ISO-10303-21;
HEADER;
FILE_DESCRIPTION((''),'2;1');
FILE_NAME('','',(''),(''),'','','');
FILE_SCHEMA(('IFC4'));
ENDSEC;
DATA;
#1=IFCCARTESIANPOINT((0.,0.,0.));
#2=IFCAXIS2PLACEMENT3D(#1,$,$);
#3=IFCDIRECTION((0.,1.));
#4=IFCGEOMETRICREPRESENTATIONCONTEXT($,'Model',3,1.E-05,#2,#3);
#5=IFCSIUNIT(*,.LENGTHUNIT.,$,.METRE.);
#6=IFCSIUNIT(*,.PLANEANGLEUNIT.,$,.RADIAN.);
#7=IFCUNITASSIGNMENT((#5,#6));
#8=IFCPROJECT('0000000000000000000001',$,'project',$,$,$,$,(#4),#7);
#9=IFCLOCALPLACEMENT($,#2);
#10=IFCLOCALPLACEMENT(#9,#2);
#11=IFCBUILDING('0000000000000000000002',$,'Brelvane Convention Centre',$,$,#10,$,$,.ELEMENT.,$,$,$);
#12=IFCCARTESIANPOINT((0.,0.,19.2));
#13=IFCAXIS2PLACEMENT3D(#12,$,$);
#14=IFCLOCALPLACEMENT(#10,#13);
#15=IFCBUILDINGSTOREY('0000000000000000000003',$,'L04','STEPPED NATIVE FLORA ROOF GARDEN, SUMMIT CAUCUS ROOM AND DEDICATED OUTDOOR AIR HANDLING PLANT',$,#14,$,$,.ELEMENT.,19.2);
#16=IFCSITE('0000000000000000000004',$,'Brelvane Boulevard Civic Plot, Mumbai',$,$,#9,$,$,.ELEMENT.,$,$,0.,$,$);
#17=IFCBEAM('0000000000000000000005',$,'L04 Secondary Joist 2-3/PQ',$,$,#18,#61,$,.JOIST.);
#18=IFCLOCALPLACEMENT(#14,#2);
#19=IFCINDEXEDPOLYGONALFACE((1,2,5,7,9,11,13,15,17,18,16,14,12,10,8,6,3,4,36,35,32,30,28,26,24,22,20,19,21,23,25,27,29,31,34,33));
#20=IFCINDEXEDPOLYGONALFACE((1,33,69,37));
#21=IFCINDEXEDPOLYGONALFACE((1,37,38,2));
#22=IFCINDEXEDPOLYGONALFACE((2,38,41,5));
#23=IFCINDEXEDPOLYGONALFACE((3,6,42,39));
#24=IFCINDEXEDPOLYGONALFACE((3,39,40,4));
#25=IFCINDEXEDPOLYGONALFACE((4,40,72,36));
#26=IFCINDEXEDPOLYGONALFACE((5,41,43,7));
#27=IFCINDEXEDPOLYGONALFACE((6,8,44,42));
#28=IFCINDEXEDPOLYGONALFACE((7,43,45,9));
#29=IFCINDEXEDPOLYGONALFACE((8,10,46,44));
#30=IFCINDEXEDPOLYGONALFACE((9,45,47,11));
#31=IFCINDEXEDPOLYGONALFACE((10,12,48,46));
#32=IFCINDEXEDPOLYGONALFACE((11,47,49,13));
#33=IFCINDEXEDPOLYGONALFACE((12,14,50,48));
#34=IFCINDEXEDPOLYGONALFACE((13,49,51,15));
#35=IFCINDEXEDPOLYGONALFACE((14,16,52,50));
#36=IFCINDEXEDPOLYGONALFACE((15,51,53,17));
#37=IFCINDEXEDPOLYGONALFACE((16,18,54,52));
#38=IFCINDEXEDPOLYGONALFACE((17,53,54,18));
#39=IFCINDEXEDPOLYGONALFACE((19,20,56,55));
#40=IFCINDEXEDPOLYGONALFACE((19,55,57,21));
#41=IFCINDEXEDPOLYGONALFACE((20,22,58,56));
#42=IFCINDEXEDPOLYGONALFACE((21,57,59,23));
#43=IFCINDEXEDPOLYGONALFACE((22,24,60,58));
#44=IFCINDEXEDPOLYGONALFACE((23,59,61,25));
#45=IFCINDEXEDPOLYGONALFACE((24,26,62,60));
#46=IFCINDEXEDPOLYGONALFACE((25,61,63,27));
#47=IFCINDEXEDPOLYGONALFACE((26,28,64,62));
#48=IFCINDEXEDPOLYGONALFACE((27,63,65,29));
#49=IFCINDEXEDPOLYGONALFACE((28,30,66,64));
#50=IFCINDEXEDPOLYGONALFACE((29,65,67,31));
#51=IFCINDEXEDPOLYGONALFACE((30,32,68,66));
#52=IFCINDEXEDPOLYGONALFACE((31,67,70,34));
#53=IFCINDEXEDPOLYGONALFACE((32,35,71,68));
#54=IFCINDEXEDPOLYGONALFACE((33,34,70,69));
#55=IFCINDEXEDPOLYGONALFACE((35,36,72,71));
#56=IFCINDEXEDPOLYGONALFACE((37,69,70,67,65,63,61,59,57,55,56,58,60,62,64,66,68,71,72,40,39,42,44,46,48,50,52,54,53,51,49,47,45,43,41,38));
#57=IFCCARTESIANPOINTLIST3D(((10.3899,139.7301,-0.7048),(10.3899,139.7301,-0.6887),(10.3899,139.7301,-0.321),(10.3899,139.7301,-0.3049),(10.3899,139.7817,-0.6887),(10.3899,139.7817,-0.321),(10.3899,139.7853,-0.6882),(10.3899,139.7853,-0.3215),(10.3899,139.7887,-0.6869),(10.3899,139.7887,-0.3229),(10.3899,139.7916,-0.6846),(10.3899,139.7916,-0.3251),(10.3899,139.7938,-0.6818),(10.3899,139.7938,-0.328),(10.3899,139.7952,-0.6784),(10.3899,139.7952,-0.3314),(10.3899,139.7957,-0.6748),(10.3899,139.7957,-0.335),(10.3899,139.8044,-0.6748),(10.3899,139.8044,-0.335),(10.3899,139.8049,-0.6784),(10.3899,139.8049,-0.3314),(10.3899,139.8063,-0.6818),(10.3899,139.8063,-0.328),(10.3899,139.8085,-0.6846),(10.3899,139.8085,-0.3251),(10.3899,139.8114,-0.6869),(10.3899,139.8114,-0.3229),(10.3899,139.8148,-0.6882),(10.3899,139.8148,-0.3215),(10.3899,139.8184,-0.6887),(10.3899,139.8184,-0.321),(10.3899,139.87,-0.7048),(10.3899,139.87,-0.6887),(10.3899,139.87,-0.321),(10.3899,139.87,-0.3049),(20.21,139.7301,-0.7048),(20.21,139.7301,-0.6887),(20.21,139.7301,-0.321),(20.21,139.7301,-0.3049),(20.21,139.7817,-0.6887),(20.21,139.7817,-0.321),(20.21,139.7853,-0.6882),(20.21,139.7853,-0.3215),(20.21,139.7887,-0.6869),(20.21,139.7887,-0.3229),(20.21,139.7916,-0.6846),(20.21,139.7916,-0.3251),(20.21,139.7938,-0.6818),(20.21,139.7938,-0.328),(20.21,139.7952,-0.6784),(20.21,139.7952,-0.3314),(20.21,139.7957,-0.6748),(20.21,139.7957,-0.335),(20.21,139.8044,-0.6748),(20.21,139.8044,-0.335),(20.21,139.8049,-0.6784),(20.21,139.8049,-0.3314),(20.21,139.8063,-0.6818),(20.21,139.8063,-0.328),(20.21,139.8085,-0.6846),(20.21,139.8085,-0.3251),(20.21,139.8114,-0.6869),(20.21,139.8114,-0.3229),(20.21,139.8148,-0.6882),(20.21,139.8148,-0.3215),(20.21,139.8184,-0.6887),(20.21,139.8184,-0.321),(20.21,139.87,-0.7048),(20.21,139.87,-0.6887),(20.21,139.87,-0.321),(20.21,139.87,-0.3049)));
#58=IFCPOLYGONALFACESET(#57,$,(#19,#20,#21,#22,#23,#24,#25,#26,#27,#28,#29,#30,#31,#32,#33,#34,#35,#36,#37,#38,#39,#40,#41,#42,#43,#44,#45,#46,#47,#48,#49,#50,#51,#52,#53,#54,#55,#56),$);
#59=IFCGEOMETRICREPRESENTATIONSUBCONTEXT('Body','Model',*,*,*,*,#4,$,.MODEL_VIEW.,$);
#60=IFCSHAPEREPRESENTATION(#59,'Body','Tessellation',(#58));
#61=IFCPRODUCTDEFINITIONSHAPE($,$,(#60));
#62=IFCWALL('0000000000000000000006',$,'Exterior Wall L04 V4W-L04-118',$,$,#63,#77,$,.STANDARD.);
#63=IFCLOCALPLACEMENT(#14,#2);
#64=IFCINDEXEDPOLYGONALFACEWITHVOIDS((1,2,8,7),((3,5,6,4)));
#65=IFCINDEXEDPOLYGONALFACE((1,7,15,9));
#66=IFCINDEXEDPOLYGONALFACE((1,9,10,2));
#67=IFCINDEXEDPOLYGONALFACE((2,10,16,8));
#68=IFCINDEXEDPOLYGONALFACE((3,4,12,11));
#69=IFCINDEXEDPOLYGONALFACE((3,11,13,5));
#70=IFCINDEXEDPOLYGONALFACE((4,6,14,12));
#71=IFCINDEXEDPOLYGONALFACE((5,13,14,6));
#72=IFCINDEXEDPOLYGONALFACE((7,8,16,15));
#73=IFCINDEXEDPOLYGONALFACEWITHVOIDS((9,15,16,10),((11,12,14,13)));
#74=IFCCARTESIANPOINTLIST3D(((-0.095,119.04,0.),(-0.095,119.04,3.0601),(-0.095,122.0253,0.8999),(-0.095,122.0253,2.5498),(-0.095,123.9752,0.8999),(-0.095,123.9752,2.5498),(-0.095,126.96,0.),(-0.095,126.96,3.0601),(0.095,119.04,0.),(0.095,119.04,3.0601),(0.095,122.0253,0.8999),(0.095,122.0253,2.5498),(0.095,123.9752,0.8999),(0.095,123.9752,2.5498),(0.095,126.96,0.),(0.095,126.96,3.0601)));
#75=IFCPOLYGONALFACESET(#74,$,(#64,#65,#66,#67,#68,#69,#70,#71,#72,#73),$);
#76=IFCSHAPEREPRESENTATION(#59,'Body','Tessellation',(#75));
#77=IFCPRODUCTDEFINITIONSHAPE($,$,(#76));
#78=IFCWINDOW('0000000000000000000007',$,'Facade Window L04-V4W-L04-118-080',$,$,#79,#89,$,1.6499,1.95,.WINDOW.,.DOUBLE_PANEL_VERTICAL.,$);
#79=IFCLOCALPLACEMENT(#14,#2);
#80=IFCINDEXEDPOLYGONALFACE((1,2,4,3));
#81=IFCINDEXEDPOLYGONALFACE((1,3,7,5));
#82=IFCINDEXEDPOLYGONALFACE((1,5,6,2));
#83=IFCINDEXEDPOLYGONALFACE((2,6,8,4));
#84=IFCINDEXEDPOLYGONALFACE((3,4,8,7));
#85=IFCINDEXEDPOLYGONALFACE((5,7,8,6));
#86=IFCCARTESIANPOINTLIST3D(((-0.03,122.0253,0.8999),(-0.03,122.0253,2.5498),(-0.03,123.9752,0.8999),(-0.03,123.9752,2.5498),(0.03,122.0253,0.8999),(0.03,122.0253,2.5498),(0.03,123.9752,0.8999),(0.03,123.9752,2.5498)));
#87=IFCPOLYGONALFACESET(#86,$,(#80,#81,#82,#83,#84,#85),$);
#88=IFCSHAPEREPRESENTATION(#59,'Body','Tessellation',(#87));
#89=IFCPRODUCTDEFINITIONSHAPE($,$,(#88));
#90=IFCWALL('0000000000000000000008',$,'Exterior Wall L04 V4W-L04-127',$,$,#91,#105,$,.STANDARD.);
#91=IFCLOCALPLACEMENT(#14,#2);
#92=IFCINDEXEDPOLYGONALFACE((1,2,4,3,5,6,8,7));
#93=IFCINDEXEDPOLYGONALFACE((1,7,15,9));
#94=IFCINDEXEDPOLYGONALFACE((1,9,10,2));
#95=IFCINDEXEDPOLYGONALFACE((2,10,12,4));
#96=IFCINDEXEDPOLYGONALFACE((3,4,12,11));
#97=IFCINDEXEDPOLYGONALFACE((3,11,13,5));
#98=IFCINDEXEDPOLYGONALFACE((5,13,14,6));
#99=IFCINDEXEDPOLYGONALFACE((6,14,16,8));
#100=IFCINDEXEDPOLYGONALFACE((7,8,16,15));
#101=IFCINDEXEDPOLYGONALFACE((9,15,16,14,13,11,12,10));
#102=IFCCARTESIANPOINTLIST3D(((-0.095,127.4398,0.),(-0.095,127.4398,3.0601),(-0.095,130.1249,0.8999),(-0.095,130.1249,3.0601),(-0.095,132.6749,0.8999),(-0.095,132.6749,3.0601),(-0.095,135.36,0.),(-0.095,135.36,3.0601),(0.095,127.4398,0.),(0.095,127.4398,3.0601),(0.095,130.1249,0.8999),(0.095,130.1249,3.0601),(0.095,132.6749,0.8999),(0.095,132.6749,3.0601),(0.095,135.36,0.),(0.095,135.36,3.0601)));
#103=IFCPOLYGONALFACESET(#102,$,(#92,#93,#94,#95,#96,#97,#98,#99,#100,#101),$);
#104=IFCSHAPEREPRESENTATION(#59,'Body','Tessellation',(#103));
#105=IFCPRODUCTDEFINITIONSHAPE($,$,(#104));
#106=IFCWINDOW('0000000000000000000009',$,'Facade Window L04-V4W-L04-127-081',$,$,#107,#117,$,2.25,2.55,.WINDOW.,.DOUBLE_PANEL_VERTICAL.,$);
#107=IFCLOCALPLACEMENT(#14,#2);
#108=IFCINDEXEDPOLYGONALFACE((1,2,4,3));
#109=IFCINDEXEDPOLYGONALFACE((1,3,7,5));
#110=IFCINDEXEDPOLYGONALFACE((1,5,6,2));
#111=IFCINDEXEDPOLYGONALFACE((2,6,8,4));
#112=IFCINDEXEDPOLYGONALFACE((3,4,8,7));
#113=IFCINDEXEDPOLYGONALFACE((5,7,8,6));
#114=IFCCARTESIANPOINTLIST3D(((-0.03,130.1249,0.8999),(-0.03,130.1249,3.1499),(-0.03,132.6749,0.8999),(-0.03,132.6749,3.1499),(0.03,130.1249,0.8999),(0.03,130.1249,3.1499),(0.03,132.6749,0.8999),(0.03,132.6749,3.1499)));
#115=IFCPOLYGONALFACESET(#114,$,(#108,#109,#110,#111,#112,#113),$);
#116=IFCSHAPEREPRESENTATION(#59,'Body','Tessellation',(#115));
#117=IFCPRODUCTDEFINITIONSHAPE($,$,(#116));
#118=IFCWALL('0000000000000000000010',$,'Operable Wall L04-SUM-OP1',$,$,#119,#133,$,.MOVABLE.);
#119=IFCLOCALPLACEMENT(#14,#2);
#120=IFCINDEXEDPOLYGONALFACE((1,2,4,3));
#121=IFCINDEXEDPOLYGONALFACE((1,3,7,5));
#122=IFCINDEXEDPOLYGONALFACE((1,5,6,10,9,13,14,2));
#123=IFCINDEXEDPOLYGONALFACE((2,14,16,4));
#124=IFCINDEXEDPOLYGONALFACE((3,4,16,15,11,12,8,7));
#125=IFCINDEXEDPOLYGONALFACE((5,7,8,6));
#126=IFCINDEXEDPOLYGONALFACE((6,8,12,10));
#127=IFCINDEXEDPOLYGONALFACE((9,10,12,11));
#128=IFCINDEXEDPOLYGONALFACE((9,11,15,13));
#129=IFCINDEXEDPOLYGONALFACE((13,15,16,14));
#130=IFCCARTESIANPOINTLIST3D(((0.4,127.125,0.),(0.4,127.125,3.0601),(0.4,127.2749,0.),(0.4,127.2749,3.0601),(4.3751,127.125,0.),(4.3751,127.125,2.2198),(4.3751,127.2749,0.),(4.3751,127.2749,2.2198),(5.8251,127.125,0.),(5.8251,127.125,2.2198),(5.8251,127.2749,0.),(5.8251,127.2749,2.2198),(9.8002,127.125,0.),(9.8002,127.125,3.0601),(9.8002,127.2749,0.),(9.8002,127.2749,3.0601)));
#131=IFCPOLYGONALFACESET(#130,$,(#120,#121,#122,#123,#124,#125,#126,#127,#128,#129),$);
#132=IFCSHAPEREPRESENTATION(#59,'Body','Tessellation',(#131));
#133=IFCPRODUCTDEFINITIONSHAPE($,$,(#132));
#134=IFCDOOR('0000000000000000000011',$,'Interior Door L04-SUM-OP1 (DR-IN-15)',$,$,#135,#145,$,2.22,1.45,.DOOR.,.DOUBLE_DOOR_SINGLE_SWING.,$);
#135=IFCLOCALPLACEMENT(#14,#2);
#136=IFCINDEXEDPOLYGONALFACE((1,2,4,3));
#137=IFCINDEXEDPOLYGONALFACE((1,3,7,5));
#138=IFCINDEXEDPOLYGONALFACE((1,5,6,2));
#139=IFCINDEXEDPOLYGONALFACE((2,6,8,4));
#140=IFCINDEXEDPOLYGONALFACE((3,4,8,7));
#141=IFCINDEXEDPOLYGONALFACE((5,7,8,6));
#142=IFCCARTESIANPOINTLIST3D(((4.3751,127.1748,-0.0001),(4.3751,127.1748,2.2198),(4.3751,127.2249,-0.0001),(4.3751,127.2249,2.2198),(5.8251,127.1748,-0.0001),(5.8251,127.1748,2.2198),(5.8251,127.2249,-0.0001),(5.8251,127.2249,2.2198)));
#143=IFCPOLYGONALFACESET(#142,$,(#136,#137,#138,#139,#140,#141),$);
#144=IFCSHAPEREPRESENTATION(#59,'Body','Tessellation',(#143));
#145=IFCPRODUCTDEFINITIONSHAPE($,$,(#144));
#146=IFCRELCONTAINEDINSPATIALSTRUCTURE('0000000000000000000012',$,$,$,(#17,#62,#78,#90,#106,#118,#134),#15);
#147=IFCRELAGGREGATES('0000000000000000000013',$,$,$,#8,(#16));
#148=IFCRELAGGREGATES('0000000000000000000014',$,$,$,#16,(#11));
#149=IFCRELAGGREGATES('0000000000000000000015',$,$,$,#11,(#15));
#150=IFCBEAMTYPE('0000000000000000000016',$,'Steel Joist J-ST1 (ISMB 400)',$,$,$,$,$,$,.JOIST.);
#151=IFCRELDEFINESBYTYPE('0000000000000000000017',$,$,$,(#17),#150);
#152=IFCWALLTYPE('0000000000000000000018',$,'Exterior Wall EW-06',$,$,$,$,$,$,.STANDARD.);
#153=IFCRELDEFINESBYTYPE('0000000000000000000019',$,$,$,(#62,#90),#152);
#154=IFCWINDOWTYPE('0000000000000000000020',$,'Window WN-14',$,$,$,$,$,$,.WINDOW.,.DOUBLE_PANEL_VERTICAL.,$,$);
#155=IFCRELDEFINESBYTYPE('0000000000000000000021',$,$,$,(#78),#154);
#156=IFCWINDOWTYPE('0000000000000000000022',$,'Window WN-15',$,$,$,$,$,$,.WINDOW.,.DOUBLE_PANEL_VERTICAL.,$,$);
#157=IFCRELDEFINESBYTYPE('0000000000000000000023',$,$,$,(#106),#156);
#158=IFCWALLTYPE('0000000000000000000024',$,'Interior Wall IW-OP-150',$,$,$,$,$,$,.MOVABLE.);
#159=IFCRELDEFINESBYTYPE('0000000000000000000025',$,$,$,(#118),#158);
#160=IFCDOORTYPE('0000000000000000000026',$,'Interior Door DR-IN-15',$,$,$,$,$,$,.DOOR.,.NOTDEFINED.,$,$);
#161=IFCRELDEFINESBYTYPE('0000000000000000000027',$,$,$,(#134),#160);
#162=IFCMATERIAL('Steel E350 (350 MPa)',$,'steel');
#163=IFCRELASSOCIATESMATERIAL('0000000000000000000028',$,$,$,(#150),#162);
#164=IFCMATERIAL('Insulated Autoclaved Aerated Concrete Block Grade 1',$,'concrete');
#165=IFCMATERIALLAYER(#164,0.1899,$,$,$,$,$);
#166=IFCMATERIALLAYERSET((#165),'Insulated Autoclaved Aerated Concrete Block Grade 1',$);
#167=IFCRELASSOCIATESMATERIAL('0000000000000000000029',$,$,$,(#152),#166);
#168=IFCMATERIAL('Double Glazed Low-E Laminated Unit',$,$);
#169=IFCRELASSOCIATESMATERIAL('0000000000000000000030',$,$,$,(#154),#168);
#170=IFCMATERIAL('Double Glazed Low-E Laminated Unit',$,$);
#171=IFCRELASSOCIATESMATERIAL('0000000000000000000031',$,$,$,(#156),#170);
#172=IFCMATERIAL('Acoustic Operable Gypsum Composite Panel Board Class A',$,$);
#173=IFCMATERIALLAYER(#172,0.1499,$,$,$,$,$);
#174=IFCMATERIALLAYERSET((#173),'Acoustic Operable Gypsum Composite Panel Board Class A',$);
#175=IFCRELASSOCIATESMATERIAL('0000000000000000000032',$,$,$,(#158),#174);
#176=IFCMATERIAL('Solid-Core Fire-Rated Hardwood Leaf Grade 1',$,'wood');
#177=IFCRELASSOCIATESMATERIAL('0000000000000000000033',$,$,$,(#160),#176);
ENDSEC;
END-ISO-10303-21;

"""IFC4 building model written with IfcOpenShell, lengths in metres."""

from ifc_helpers import new_model, si_unit, direction, frame, frame_2d, origin, origin_2d, place, context, subcontext, project, spatial, rectangle, i_section, extrude, material, layer, layer_set, material_profile, profile_set, type_object, element, fill, save


model = new_model("IFC4")

# Units and contexts
model_context = context("Model", 3, precision=1e-05, world=origin(), true_north=direction((0.0, 1.0)))
body_context = subcontext(model_context, "Body", "Model", "MODEL_VIEW")
ifc_project = project(units=[si_unit("LENGTHUNIT", "METRE"), si_unit("PLANEANGLEUNIT", "RADIAN")], contexts=[model_context])

# Site, building, storey
site_placement = place(None, origin())
site = spatial("IfcSite", under=ifc_project, at=site_placement, Name="Brelvane Boulevard Civic Plot, Mumbai", CompositionType="ELEMENT", RefElevation=0.0)
building_placement = place(site_placement, origin())
building = spatial("IfcBuilding", under=site, at=building_placement, Name="Brelvane Convention Centre", CompositionType="ELEMENT")
storey_placement = place(building_placement, frame((0.0, 0.0, 19.2)))
storey = spatial("IfcBuildingStorey", under=building, at=storey_placement, Name="L04", Description="STEPPED NATIVE FLORA ROOF GARDEN, SUMMIT CAUCUS ROOM AND DEDICATED OUTDOOR AIR HANDLING PLANT", CompositionType="ELEMENT", Elevation=19.2)

# Beam
ifc_material_1 = material(Name="Steel E350 (350 MPa)", Category="steel")
ifc_material_profile_1 = material_profile(ifc_material_1, i_section(OverallWidth=0.1399, OverallDepth=0.3999, WebThickness=0.0088, FlangeThickness=0.0161, FilletRadius=0.0139, at=origin_2d()), Name="ISMB 400")
ifc_profile_set_1 = profile_set([ifc_material_profile_1], Name="Steel E350 (350 MPa)")
beam_type_1 = type_object("IfcBeamType", Name="Steel Joist J-ST1 (ISMB 400)", PredefinedType="JOIST", material=ifc_profile_set_1)
for number, where, z_axis, x_axis, name in (
    (1, (10.3899, 139.8, -0.5049), (1.0, 0.0, 0.0), (0.0, 1.0, 0.0), "L04 Secondary Joist 2-3/PQ"),
):
    element("IfcBeam", number, at=place(storey_placement, frame(where, z_axis=z_axis, x_axis=x_axis)), inside=storey, type_object=beam_type_1, Name=name, PredefinedType="JOIST", context=body_context, shape_type="SweptSolid", body=[
        extrude(i_section(OverallWidth=0.1399, OverallDepth=0.3999, WebThickness=0.0088, FlangeThickness=0.0161, FilletRadius=0.0139, at=origin_2d()), origin(), (0.0, 0.0, 1.0), 9.8201),
    ])

# Walls, openings, windows
ifc_material_2 = material(Name="Insulated Autoclaved Aerated Concrete Block Grade 1", Category="concrete")
ifc_layer_1 = layer(ifc_material_2, 0.1899)
ifc_layer_set_1 = layer_set([ifc_layer_1], Name="Insulated Autoclaved Aerated Concrete Block Grade 1")
wall_type_1 = type_object("IfcWallType", Name="Exterior Wall EW-06", PredefinedType="STANDARD", material=ifc_layer_set_1)
wall_1_placement = place(storey_placement, frame((0.0, 119.04, 0.0), z_axis=(0.0, 0.0, 1.0), x_axis=(0.0, 1.0, 0.0)))
wall_1 = element("IfcWall", 2, at=wall_1_placement, inside=storey, type_object=wall_type_1, Name="Exterior Wall L04 V4W-L04-118", PredefinedType="STANDARD", context=body_context, shape_type="SweptSolid", body=[
    extrude(rectangle(XDim=7.9199, YDim=0.1899, at=frame_2d((3.96, 0.0))), origin(), (0.0, 0.0, 1.0), 3.0601),
])
opening_1_placement = place(wall_1_placement, frame((2.9851, 0.0, 0.8999)))
opening_1 = element("IfcOpeningElement", 3, at=opening_1_placement, cuts=wall_1, PredefinedType="OPENING", context=body_context, shape_type="SweptSolid", body=[
    extrude(rectangle(XDim=1.95, YDim=1.6499, at=frame_2d((0.9751, 0.825))), frame((0.0, 0.105, 0.0), z_axis=(0.0, -1.0, 0.0), x_axis=(1.0, 0.0, 0.0)), (0.0, 0.0, 1.0), 0.21),
])
ifc_material_3 = material(Name="Double Glazed Low-E Laminated Unit")
window_type_1 = type_object("IfcWindowType", Name="Window WN-14", PartitioningType="DOUBLE_PANEL_VERTICAL", PredefinedType="WINDOW", material=ifc_material_3)
window_1_placement = place(opening_1_placement, origin())
window_1 = element("IfcWindow", 4, at=window_1_placement, inside=storey, type_object=window_type_1, Name="Facade Window L04-V4W-L04-118-080", OverallHeight=1.6499, OverallWidth=1.95, PartitioningType="DOUBLE_PANEL_VERTICAL", PredefinedType="WINDOW", context=body_context, shape_type="SweptSolid", body=[
    extrude(rectangle(XDim=1.95, YDim=1.6499, at=frame_2d((0.9751, 0.825))), frame((0.0, 0.03, 0.0), z_axis=(0.0, -1.0, 0.0), x_axis=(1.0, 0.0, 0.0)), (0.0, 0.0, 1.0), 0.0601),
])
fill(opening_1, window_1)
wall_2_placement = place(storey_placement, frame((0.0, 127.4399, 0.0), z_axis=(0.0, 0.0, 1.0), x_axis=(0.0, 1.0, 0.0)))
wall_2 = element("IfcWall", 5, at=wall_2_placement, inside=storey, type_object=wall_type_1, Name="Exterior Wall L04 V4W-L04-127", PredefinedType="STANDARD", context=body_context, shape_type="SweptSolid", body=[
    extrude(rectangle(XDim=7.9202, YDim=0.1899, at=frame_2d((3.96, 0.0))), origin(), (0.0, 0.0, 1.0), 3.0601),
])
opening_2_placement = place(wall_2_placement, frame((2.6851, 0.0, 0.8999)))
opening_2 = element("IfcOpeningElement", 6, at=opening_2_placement, cuts=wall_2, PredefinedType="OPENING", context=body_context, shape_type="SweptSolid", body=[
    extrude(rectangle(XDim=2.55, YDim=2.25, at=frame_2d((1.2749, 1.125))), frame((0.0, 0.105, 0.0), z_axis=(0.0, -1.0, 0.0), x_axis=(1.0, 0.0, 0.0)), (0.0, 0.0, 1.0), 0.21),
])
ifc_material_4 = material(Name="Double Glazed Low-E Laminated Unit")
window_type_2 = type_object("IfcWindowType", Name="Window WN-15", PartitioningType="DOUBLE_PANEL_VERTICAL", PredefinedType="WINDOW", material=ifc_material_4)
window_2_placement = place(opening_2_placement, origin())
window_2 = element("IfcWindow", 7, at=window_2_placement, inside=storey, type_object=window_type_2, Name="Facade Window L04-V4W-L04-127-081", OverallHeight=2.25, OverallWidth=2.55, PartitioningType="DOUBLE_PANEL_VERTICAL", PredefinedType="WINDOW", context=body_context, shape_type="SweptSolid", body=[
    extrude(rectangle(XDim=2.55, YDim=2.25, at=frame_2d((1.2749, 1.125))), frame((0.0, 0.03, 0.0), z_axis=(0.0, -1.0, 0.0), x_axis=(1.0, 0.0, 0.0)), (0.0, 0.0, 1.0), 0.0601),
])
fill(opening_2, window_2)

# Wall, opening, door
ifc_material_5 = material(Name="Acoustic Operable Gypsum Composite Panel Board Class A")
ifc_layer_2 = layer(ifc_material_5, 0.1499)
ifc_layer_set_2 = layer_set([ifc_layer_2], Name="Acoustic Operable Gypsum Composite Panel Board Class A")
wall_type_2 = type_object("IfcWallType", Name="Interior Wall IW-OP-150", PredefinedType="MOVABLE", material=ifc_layer_set_2)
wall_3_placement = place(storey_placement, frame((0.3999, 127.2, 0.0), z_axis=(0.0, 0.0, 1.0), x_axis=(1.0, 0.0, 0.0)))
wall_3 = element("IfcWall", 8, at=wall_3_placement, inside=storey, type_object=wall_type_2, Name="Operable Wall L04-SUM-OP1", PredefinedType="MOVABLE", context=body_context, shape_type="SweptSolid", body=[
    extrude(rectangle(XDim=9.4001, YDim=0.1499, at=frame_2d((4.7002, 0.0))), origin(), (0.0, 0.0, 1.0), 3.0601),
])
opening_3_placement = place(wall_3_placement, frame((3.9751, 0.0, 0.0)))
opening_3 = element("IfcOpeningElement", 9, at=opening_3_placement, cuts=wall_3, PredefinedType="OPENING", context=body_context, shape_type="SweptSolid", body=[
    extrude(rectangle(XDim=1.45, YDim=2.22, at=frame_2d((0.7251, 1.1099))), frame((0.0, 0.085, 0.0), z_axis=(0.0, -1.0, 0.0), x_axis=(1.0, 0.0, 0.0)), (0.0, 0.0, 1.0), 0.1699),
])
ifc_material_6 = material(Name="Solid-Core Fire-Rated Hardwood Leaf Grade 1", Category="wood")
door_type_1 = type_object("IfcDoorType", Name="Interior Door DR-IN-15", OperationType="NOTDEFINED", PredefinedType="DOOR", material=ifc_material_6)
door_1_placement = place(opening_3_placement, origin())
door_1 = element("IfcDoor", 10, at=door_1_placement, inside=storey, type_object=door_type_1, Name="Interior Door L04-SUM-OP1 (DR-IN-15)", OperationType="DOUBLE_DOOR_SINGLE_SWING", OverallHeight=2.22, OverallWidth=1.45, PredefinedType="DOOR", context=body_context, shape_type="SweptSolid", body=[
    extrude(rectangle(XDim=1.45, YDim=2.22, at=frame_2d((0.7251, 1.1099))), frame((0.0, 0.0249, 0.0), z_axis=(0.0, -1.0, 0.0), x_axis=(1.0, 0.0, 0.0)), (0.0, 0.0, 1.0), 0.05),
])
fill(opening_3, door_1)

save(model, "model.ifc")
